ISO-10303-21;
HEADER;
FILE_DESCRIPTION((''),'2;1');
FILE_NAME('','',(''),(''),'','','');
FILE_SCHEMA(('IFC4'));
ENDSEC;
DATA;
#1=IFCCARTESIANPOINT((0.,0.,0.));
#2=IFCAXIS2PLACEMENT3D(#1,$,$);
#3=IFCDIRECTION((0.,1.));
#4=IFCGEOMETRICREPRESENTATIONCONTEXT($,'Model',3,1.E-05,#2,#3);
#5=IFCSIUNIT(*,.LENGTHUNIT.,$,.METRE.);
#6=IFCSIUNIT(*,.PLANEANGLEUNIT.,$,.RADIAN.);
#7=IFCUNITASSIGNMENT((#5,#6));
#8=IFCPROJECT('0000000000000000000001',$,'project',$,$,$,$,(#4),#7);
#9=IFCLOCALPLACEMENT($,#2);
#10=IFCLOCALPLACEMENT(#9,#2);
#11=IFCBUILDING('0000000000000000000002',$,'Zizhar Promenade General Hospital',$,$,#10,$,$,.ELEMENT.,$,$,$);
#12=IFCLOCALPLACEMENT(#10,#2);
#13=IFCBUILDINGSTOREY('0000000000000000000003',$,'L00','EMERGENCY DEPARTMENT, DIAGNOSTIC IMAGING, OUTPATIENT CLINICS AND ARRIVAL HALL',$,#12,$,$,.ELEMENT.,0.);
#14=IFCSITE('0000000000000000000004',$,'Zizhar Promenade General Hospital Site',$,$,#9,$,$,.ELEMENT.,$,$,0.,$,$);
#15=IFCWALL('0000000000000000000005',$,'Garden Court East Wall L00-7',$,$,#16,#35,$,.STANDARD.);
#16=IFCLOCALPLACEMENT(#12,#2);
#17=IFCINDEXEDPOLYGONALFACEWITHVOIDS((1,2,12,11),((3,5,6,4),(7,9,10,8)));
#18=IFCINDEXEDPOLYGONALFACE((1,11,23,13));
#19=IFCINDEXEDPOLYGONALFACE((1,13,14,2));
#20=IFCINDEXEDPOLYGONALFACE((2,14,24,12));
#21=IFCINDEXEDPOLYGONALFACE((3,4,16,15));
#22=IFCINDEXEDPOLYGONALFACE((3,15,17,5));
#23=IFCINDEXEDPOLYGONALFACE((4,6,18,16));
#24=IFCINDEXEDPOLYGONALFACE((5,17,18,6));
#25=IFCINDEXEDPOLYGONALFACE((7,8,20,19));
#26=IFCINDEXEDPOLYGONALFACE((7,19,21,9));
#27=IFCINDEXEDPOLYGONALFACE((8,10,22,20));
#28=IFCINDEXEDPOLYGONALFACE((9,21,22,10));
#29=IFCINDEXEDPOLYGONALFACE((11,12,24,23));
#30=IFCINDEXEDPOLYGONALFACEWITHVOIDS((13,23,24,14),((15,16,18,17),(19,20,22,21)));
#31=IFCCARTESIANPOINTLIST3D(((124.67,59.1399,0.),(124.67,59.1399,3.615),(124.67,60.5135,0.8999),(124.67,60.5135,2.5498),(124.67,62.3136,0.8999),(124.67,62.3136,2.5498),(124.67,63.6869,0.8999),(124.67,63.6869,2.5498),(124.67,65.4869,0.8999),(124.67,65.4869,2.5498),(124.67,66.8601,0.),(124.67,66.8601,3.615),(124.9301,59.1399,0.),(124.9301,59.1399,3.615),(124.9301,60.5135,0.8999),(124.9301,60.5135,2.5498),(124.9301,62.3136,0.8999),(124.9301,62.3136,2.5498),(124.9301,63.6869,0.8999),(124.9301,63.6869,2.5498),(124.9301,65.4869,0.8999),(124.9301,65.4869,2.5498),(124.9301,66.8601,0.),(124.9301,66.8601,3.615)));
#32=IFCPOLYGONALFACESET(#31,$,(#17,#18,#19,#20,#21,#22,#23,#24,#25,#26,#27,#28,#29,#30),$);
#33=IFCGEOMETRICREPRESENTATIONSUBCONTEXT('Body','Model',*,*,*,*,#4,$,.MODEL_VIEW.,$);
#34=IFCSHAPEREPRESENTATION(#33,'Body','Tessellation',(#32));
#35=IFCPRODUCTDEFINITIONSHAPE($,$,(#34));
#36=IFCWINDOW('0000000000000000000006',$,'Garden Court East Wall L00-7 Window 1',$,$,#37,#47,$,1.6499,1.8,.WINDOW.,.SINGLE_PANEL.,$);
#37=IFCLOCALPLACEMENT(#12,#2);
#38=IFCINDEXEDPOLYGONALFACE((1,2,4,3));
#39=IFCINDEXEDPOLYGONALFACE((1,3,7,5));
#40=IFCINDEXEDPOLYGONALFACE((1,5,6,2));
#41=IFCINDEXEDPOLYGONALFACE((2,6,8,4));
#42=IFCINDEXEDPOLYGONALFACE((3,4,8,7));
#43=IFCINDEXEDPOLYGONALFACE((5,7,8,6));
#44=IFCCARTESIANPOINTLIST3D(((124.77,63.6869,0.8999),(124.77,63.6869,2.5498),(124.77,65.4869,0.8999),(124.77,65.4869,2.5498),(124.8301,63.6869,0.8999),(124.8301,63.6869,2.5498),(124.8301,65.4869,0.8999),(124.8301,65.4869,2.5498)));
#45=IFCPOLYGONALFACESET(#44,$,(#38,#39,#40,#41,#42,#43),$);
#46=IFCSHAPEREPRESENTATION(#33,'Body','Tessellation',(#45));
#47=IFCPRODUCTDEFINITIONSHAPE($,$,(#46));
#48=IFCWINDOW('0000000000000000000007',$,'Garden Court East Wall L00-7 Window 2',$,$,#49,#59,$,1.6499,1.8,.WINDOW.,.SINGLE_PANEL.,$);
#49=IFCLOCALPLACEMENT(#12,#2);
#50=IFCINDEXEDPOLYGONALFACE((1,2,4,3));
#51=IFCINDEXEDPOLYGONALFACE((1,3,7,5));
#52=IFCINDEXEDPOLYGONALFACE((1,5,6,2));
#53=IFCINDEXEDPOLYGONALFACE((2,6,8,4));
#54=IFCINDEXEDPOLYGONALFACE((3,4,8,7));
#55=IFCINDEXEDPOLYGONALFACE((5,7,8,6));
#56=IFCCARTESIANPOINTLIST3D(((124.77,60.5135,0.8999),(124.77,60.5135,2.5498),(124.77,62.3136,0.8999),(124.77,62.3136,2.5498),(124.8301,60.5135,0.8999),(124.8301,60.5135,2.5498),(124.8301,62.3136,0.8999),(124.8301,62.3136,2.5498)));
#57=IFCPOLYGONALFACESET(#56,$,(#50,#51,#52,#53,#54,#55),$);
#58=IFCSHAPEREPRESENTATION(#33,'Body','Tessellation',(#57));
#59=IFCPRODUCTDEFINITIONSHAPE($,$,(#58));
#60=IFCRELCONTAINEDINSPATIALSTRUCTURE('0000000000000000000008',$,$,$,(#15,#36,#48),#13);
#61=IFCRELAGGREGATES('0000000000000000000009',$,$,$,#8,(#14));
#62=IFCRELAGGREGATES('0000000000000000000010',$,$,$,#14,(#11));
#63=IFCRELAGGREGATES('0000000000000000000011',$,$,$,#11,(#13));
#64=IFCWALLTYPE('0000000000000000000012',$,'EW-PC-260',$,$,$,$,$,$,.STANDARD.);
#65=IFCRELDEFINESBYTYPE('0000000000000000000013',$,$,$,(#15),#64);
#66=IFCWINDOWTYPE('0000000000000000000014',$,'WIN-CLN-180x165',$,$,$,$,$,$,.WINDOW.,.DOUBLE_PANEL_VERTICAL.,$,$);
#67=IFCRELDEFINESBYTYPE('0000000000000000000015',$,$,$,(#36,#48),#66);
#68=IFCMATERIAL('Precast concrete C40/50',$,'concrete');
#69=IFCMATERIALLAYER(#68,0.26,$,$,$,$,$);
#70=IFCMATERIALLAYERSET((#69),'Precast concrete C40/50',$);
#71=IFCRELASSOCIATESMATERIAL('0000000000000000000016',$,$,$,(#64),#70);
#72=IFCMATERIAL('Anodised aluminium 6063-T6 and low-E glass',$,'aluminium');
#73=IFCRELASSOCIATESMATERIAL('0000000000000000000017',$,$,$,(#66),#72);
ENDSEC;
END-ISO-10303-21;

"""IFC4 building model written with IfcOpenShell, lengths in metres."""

from ifc_helpers import new_model, si_unit, direction, frame, frame_2d, origin, place, context, subcontext, project, spatial, rectangle, extrude, material, layer, layer_set, type_object, element, fill, save


model = new_model("IFC4")

# Units and contexts
model_context = context("Model", 3, precision=1e-05, world=origin(), true_north=direction((0.0, 1.0)))
body_context = subcontext(model_context, "Body", "Model", "MODEL_VIEW")
ifc_project = project(units=[si_unit("LENGTHUNIT", "METRE"), si_unit("PLANEANGLEUNIT", "RADIAN")], contexts=[model_context])

# Site, building, storey
site_placement = place(None, origin())
site = spatial("IfcSite", under=ifc_project, at=site_placement, Name="Zizhar Promenade General Hospital Site", CompositionType="ELEMENT", RefElevation=0.0)
building_placement = place(site_placement, origin())
building = spatial("IfcBuilding", under=site, at=building_placement, Name="Zizhar Promenade General Hospital", CompositionType="ELEMENT")
storey_placement = place(building_placement, origin())
storey = spatial("IfcBuildingStorey", under=building, at=storey_placement, Name="L00", Description="EMERGENCY DEPARTMENT, DIAGNOSTIC IMAGING, OUTPATIENT CLINICS AND ARRIVAL HALL", CompositionType="ELEMENT", Elevation=0.0)

# Wall, openings, windows
ifc_material_1 = material(Name="Precast concrete C40/50", Category="concrete")
ifc_layer_1 = layer(ifc_material_1, 0.26)
ifc_layer_set_1 = layer_set([ifc_layer_1], Name="Precast concrete C40/50")
wall_type = type_object("IfcWallType", Name="EW-PC-260", PredefinedType="STANDARD", material=ifc_layer_set_1)
ifc_material_2 = material(Name="Anodised aluminium 6063-T6 and low-E glass", Category="aluminium")
window_type = type_object("IfcWindowType", Name="WIN-CLN-180x165", PartitioningType="DOUBLE_PANEL_VERTICAL", PredefinedType="WINDOW", material=ifc_material_2)
wall_1_placement = place(storey_placement, frame((124.8, 66.8601, 0.0), z_axis=(0.0, 0.0, 1.0), x_axis=(0.0, -1.0, 0.0)))
wall_1 = element("IfcWall", 1, at=wall_1_placement, inside=storey, type_object=wall_type, Name="Garden Court East Wall L00-7", PredefinedType="STANDARD", context=body_context, shape_type="SweptSolid", body=[
    extrude(rectangle(XDim=7.7202, YDim=0.26, at=frame_2d((3.8601, 0.0))), origin(), (0.0, 0.0, 1.0), 3.615),
])
opening_1_placement = place(wall_1_placement, frame((1.3733, 0.0, 0.8999)))
opening_1 = element("IfcOpeningElement", 2, at=opening_1_placement, cuts=wall_1, PredefinedType="OPENING", context=body_context, shape_type="SweptSolid", body=[
    extrude(rectangle(XDim=1.8, YDim=1.6499, at=frame_2d((0.8999, 0.825))), frame((0.0, 0.1401, 0.0), z_axis=(0.0, -1.0, 0.0), x_axis=(1.0, 0.0, 0.0)), (0.0, 0.0, 1.0), 0.28),
])
opening_2_placement = place(wall_1_placement, frame((4.5466, 0.0, 0.8999)))
opening_2 = element("IfcOpeningElement", 3, at=opening_2_placement, cuts=wall_1, PredefinedType="OPENING", context=body_context, shape_type="SweptSolid", body=[
    extrude(rectangle(XDim=1.8, YDim=1.6499, at=frame_2d((0.8999, 0.825))), frame((0.0, 0.1401, 0.0), z_axis=(0.0, -1.0, 0.0), x_axis=(1.0, 0.0, 0.0)), (0.0, 0.0, 1.0), 0.28),
])
window_1_placement = place(opening_1_placement, origin())
window_1 = element("IfcWindow", 4, at=window_1_placement, inside=storey, type_object=window_type, Name="Garden Court East Wall L00-7 Window 1", OverallHeight=1.6499, OverallWidth=1.8, PartitioningType="SINGLE_PANEL", PredefinedType="WINDOW", context=body_context, shape_type="SweptSolid", body=[
    extrude(rectangle(XDim=1.8, YDim=1.6499, at=frame_2d((0.8999, 0.825))), frame((0.0, 0.03, 0.0), z_axis=(0.0, -1.0, 0.0), x_axis=(1.0, 0.0, 0.0)), (0.0, 0.0, 1.0), 0.0601),
])
fill(opening_1, window_1)
window_2_placement = place(opening_2_placement, origin())
window_2 = element("IfcWindow", 5, at=window_2_placement, inside=storey, type_object=window_type, Name="Garden Court East Wall L00-7 Window 2", OverallHeight=1.6499, OverallWidth=1.8, PartitioningType="SINGLE_PANEL", PredefinedType="WINDOW", context=body_context, shape_type="SweptSolid", body=[
    extrude(rectangle(XDim=1.8, YDim=1.6499, at=frame_2d((0.8999, 0.825))), frame((0.0, 0.03, 0.0), z_axis=(0.0, -1.0, 0.0), x_axis=(1.0, 0.0, 0.0)), (0.0, 0.0, 1.0), 0.0601),
])
fill(opening_2, window_2)

save(model, "model.ifc")
